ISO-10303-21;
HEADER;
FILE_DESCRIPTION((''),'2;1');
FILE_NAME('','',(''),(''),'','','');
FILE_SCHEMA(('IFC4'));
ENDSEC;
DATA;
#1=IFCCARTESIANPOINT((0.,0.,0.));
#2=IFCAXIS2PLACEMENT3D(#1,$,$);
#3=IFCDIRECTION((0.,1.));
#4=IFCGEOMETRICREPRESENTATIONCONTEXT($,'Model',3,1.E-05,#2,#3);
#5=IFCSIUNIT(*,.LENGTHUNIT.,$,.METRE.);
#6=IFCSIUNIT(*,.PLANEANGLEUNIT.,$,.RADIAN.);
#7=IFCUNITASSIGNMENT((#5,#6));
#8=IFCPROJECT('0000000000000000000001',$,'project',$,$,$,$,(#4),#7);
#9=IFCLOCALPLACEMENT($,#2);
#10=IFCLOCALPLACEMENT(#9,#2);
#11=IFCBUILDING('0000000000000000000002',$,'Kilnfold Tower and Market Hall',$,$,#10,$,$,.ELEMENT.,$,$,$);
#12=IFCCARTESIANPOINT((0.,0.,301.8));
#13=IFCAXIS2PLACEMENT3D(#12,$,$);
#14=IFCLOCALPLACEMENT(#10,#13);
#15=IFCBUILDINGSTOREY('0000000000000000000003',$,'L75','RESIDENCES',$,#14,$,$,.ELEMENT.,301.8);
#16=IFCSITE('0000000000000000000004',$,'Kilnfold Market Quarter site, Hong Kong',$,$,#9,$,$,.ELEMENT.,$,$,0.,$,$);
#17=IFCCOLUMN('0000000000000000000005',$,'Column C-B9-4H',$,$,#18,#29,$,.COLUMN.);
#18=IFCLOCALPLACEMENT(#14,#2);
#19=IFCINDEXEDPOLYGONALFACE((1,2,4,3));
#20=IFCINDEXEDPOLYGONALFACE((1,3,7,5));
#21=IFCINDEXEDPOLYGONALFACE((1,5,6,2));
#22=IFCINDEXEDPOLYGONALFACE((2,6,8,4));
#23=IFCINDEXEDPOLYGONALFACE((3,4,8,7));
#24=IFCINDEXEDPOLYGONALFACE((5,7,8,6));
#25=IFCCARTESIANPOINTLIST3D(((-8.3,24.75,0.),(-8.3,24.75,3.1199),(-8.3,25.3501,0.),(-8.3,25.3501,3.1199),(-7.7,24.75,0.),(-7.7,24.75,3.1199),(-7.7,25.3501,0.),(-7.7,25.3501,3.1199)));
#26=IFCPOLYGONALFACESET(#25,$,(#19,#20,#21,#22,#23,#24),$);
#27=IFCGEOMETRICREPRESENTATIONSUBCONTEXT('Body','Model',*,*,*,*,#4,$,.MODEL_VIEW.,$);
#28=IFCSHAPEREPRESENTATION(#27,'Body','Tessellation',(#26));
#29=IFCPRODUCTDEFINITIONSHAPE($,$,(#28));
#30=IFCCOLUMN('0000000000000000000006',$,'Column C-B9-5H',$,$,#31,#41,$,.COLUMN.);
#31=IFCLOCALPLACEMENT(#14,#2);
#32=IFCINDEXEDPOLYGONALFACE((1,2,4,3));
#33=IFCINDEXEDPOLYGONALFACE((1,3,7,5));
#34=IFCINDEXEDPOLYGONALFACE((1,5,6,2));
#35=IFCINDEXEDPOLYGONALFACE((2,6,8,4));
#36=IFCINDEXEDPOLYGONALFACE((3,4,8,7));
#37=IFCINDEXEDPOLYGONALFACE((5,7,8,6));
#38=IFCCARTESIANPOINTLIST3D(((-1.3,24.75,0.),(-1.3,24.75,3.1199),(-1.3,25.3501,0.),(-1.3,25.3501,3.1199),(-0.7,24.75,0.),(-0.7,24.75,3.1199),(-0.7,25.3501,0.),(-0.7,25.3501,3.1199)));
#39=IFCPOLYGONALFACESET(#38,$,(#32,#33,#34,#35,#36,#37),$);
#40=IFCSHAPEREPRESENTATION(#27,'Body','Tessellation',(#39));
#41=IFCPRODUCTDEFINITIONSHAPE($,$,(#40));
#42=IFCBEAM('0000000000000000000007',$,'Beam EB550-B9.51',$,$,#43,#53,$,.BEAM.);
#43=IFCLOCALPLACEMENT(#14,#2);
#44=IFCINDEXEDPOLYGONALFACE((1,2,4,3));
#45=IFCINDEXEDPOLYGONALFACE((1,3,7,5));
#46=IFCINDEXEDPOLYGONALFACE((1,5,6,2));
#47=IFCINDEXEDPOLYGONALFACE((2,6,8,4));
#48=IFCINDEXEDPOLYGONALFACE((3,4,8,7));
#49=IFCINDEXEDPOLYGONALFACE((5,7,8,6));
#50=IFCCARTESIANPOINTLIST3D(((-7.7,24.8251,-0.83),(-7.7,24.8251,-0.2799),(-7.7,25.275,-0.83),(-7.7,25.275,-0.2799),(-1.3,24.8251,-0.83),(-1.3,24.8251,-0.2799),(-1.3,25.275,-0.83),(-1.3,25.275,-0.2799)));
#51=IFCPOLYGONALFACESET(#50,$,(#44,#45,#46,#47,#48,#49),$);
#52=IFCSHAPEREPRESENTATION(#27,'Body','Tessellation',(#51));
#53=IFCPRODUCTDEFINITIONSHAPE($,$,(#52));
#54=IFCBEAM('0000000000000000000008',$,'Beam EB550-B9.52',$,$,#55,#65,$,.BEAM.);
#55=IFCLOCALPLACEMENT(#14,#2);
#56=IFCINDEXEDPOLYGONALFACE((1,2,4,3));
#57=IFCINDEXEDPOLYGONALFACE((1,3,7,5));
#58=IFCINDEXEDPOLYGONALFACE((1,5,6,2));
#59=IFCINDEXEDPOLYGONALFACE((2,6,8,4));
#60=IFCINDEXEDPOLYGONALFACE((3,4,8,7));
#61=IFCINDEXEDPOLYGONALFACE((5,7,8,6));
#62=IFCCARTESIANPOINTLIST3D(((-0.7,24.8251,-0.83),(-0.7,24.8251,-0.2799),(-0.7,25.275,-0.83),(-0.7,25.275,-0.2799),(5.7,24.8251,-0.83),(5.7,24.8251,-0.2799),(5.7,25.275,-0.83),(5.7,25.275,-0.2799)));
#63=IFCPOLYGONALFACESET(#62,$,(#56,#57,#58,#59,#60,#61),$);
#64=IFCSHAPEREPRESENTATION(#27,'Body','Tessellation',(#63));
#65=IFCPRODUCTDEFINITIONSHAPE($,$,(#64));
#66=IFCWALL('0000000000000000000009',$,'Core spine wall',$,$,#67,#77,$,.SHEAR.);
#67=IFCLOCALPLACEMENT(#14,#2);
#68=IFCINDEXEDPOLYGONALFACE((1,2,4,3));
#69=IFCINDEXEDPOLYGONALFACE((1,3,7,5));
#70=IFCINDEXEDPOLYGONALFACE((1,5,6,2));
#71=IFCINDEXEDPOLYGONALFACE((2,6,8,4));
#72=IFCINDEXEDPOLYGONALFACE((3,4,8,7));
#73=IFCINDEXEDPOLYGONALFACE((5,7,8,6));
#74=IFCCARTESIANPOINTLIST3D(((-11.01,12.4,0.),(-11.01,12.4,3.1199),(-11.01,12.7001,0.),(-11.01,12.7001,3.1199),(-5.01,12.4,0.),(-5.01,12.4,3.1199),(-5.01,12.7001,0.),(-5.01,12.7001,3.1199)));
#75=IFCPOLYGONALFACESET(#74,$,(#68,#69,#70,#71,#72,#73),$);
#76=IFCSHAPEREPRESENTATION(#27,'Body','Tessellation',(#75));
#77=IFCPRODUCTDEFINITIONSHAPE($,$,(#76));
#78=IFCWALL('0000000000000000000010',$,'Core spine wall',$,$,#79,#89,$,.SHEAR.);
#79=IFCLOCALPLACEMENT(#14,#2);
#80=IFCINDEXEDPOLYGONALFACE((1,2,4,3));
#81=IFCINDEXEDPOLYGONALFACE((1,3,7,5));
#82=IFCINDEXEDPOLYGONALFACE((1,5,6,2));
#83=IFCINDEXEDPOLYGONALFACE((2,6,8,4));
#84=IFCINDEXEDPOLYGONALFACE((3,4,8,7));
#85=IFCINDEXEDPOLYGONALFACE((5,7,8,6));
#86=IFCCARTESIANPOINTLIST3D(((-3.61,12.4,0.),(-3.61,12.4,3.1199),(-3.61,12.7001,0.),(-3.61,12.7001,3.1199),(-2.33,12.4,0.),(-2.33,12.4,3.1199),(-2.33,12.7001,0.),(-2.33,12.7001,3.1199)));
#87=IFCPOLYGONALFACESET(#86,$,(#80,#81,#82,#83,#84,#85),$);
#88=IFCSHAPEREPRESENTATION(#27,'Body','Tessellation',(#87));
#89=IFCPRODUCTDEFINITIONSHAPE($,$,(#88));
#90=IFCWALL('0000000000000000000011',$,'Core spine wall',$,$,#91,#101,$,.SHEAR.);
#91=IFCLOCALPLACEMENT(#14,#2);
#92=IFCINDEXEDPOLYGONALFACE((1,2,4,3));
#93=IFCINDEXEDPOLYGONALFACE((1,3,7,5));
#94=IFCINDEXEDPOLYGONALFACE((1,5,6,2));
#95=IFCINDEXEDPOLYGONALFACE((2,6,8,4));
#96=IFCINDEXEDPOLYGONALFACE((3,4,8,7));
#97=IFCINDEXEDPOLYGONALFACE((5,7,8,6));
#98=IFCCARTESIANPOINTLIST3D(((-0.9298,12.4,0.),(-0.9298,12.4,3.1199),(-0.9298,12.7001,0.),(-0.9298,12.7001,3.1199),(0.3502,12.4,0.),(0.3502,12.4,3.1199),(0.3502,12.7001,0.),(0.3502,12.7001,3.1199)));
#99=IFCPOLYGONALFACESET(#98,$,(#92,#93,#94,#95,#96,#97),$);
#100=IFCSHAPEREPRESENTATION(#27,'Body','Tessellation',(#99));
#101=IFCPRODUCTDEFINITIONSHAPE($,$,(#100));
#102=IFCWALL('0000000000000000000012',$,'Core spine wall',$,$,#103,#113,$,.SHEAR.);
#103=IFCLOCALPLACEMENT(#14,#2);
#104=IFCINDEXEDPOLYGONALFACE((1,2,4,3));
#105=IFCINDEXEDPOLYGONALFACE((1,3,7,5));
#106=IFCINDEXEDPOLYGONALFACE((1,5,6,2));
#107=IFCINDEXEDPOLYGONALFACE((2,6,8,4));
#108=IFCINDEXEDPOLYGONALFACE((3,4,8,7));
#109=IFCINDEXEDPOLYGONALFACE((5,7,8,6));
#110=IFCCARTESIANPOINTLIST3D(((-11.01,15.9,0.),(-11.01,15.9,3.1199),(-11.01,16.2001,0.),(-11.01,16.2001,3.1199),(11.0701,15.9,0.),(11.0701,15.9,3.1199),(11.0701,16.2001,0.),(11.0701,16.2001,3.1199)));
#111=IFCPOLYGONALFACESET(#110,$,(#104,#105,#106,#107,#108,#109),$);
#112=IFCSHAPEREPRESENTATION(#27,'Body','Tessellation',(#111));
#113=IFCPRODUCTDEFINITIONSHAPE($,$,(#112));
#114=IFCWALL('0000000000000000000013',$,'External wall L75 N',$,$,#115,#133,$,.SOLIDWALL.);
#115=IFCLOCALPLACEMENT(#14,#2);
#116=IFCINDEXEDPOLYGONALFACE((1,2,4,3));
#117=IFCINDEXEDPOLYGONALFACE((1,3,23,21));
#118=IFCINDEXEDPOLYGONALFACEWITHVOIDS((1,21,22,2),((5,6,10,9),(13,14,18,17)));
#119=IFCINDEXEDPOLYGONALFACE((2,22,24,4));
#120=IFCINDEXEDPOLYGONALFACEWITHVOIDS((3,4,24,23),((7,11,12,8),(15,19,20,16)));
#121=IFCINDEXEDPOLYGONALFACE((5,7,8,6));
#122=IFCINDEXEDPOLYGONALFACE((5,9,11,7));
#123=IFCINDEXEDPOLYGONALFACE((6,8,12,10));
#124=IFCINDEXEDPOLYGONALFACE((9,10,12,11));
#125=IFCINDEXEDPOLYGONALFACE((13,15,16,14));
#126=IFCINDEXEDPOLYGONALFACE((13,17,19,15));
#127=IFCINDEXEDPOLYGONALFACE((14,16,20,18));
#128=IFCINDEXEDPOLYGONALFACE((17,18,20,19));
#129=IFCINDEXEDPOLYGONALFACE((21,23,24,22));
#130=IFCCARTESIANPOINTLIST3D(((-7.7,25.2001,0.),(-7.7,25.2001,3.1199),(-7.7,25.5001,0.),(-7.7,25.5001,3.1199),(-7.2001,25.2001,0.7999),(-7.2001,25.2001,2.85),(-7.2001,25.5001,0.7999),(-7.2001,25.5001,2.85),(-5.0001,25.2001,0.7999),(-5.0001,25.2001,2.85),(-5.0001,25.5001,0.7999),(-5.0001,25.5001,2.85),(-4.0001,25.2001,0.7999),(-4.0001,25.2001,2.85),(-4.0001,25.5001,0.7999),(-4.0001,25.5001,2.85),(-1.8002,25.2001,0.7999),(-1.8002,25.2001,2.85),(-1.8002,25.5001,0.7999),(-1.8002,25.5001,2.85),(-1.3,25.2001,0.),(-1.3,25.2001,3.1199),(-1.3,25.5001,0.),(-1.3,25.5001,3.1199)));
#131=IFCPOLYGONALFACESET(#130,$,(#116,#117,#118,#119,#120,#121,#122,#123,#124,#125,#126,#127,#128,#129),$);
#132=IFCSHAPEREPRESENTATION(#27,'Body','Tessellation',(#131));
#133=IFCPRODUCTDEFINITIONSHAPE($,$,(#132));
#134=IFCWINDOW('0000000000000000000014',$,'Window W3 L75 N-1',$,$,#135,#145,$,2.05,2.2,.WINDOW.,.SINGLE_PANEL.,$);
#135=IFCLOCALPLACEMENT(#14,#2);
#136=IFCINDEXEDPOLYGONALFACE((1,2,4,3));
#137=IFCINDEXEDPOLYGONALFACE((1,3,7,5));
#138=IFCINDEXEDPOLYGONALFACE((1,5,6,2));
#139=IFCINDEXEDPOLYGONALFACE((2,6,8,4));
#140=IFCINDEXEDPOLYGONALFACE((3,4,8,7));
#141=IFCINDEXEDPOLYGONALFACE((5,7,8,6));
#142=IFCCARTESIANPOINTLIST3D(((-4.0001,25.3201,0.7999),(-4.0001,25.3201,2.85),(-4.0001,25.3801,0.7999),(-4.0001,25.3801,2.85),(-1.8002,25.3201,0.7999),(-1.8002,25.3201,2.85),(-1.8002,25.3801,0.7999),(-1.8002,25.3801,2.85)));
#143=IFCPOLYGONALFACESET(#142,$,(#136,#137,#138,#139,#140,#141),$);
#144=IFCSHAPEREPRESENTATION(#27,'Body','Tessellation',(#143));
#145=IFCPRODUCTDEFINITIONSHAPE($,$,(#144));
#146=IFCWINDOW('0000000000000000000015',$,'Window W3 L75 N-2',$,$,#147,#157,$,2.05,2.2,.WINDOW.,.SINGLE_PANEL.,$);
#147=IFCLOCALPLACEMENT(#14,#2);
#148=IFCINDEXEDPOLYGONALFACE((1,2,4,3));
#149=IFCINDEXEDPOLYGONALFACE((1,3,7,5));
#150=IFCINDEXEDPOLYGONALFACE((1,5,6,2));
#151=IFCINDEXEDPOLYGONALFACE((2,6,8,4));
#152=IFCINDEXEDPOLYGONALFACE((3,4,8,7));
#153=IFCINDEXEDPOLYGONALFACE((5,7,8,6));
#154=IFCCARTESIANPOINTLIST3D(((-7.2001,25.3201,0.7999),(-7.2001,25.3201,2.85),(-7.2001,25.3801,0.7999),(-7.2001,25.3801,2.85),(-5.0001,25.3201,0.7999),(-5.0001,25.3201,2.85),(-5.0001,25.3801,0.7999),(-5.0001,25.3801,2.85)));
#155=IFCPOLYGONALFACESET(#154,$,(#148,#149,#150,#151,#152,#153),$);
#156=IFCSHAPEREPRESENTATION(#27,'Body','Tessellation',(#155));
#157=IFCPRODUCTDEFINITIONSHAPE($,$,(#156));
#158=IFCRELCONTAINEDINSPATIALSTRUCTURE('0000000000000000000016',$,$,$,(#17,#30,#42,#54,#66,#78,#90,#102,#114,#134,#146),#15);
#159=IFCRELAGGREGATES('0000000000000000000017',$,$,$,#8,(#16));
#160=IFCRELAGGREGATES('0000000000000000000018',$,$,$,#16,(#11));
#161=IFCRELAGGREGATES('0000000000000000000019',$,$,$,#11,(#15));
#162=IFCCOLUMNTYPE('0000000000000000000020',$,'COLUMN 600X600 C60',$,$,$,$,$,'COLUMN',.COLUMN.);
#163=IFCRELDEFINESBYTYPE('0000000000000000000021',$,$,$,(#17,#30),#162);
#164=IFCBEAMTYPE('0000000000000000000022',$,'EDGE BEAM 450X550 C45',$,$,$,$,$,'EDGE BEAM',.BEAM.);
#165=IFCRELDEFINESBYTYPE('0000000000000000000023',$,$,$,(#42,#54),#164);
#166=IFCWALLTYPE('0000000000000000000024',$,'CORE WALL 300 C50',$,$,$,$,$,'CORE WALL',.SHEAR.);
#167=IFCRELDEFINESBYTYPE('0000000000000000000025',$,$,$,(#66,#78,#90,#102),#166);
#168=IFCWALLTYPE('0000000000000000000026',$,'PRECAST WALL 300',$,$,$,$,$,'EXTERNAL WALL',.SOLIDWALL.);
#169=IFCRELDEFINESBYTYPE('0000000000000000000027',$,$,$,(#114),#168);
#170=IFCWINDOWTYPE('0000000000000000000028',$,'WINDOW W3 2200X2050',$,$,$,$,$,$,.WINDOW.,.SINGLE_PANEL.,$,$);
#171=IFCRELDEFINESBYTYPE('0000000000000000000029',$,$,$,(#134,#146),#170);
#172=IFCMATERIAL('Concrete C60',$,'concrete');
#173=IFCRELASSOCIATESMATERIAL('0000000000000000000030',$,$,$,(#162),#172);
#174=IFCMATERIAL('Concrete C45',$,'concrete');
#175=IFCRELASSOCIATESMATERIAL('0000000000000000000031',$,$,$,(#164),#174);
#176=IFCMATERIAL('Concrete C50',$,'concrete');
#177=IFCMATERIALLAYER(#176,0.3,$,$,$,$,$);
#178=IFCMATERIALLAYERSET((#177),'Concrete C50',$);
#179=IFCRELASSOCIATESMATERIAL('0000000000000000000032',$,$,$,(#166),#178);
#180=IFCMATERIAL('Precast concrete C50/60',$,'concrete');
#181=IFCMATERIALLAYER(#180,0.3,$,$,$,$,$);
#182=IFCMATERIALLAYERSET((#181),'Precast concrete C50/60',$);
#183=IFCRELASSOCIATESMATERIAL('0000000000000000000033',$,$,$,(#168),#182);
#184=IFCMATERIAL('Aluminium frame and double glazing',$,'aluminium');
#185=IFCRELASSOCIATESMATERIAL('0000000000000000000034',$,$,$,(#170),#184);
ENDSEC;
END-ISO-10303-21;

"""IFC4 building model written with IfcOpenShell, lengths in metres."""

from ifc_helpers import new_model, si_unit, direction, frame, frame_2d, origin, origin_2d, place, context, subcontext, project, spatial, rectangle, extrude, source, transform, mapped, material, layer, layer_set, material_profile, profile_set, type_object, element, fill, save


model = new_model("IFC4")

# Units and contexts
model_context = context("Model", 3, precision=1e-05, world=origin(), true_north=direction((0.0, 1.0)))
body_context = subcontext(model_context, "Body", "Model", "MODEL_VIEW")
ifc_project = project(units=[si_unit("LENGTHUNIT", "METRE"), si_unit("PLANEANGLEUNIT", "RADIAN")], contexts=[model_context])

# Site, building, storey
site_placement = place(None, origin())
site = spatial("IfcSite", under=ifc_project, at=site_placement, Name="Kilnfold Market Quarter site, Hong Kong", CompositionType="ELEMENT", RefElevation=0.0)
building_placement = place(site_placement, origin())
building = spatial("IfcBuilding", under=site, at=building_placement, Name="Kilnfold Tower and Market Hall", CompositionType="ELEMENT")
storey_placement = place(building_placement, frame((0.0, 0.0, 301.8)))
storey = spatial("IfcBuildingStorey", under=building, at=storey_placement, Name="L75", Description="RESIDENCES", CompositionType="ELEMENT", Elevation=301.8)

# Columns
ifc_material_1 = material(Name="Concrete C60", Category="concrete")
ifc_material_profile_1 = material_profile(ifc_material_1, rectangle(XDim=0.6001, YDim=0.6001, at=origin_2d()), Name="RC 600x600")
ifc_profile_set_1 = profile_set([ifc_material_profile_1], Name="Concrete C60")
column_type = type_object("IfcColumnType", Name="COLUMN 600X600 C60", ElementType="COLUMN", PredefinedType="COLUMN", material=ifc_profile_set_1)
shared_shape_1 = source(origin(), body_context, "Body", "SweptSolid", [
    extrude(rectangle(XDim=0.6001, YDim=0.6001, at=origin_2d()), origin(), (0.0, 0.0, 1.0), 3.1199),
])
for number, where, z_axis, x_axis, name in (
    (1, (-8.0, 25.05, 0.0), (0.0, 0.0, 1.0), (1.0, 0.0, 0.0), "Column C-B9-4H"),
    (2, (-1.0, 25.05, 0.0), (0.0, 0.0, 1.0), (1.0, 0.0, 0.0), "Column C-B9-5H"),
):
    element("IfcColumn", number, at=place(storey_placement, frame(where, z_axis=z_axis, x_axis=x_axis)), inside=storey, type_object=column_type, Name=name, PredefinedType="COLUMN", context=body_context, shape_type="MappedRepresentation", body=[
        mapped(shared_shape_1, transform((0.0, 0.0, 0.0))),
    ])

# Beams
ifc_material_2 = material(Name="Concrete C45", Category="concrete")
ifc_material_profile_2 = material_profile(ifc_material_2, rectangle(XDim=0.45, YDim=0.55, at=origin_2d()), Name="RC 450x550")
ifc_profile_set_2 = profile_set([ifc_material_profile_2], Name="Concrete C45")
beam_type = type_object("IfcBeamType", Name="EDGE BEAM 450X550 C45", ElementType="EDGE BEAM", PredefinedType="BEAM", material=ifc_profile_set_2)
shared_shape_2 = source(origin(), body_context, "Body", "SweptSolid", [
    extrude(rectangle(XDim=0.45, YDim=0.55, at=origin_2d()), origin(), (0.0, 0.0, 1.0), 6.3999),
])
for number, where, z_axis, x_axis, name in (
    (3, (-7.7, 25.05, -0.5549), (1.0, 0.0, 0.0), (0.0, 1.0, 0.0), "Beam EB550-B9.51"),
    (4, (-0.7, 25.05, -0.5549), (1.0, 0.0, 0.0), (0.0, 1.0, 0.0), "Beam EB550-B9.52"),
):
    element("IfcBeam", number, at=place(storey_placement, frame(where, z_axis=z_axis, x_axis=x_axis)), inside=storey, type_object=beam_type, Name=name, PredefinedType="BEAM", context=body_context, shape_type="MappedRepresentation", body=[
        mapped(shared_shape_2, transform((0.0, 0.0, 0.0))),
    ])

# Walls
ifc_material_3 = material(Name="Concrete C50", Category="concrete")
ifc_layer_1 = layer(ifc_material_3, 0.3)
ifc_layer_set_1 = layer_set([ifc_layer_1], Name="Concrete C50")
wall_type_1 = type_object("IfcWallType", Name="CORE WALL 300 C50", ElementType="CORE WALL", PredefinedType="SHEAR", material=ifc_layer_set_1)
shared_shape_3 = source(origin(), body_context, "Body", "SweptSolid", [
    extrude(rectangle(XDim=6.0, YDim=0.3, at=frame_2d((3.0, 0.0))), origin(), (0.0, 0.0, 1.0), 3.1199),
])
wall_1_placement = place(storey_placement, frame((-11.01, 12.55, 0.0), z_axis=(0.0, 0.0, 1.0), x_axis=(1.0, 0.0, 0.0)))
element("IfcWall", 5, at=wall_1_placement, inside=storey, type_object=wall_type_1, Name="Core spine wall", PredefinedType="SHEAR", context=body_context, shape_type="MappedRepresentation", body=[
    mapped(shared_shape_3, transform((0.0, 0.0, 0.0))),
])
shared_shape_4 = source(origin(), body_context, "Body", "SweptSolid", [
    extrude(rectangle(XDim=1.28, YDim=0.3, at=frame_2d((0.6401, 0.0))), origin(), (0.0, 0.0, 1.0), 3.1199),
])
for number, where, z_axis, x_axis, name in (
    (6, (-3.6101, 12.55, 0.0), (0.0, 0.0, 1.0), (1.0, 0.0, 0.0), "Core spine wall"),
    (7, (-0.9299, 12.55, 0.0), (0.0, 0.0, 1.0), (1.0, 0.0, 0.0), "Core spine wall"),
):
    element("IfcWall", number, at=place(storey_placement, frame(where, z_axis=z_axis, x_axis=x_axis)), inside=storey, type_object=wall_type_1, Name=name, PredefinedType="SHEAR", context=body_context, shape_type="MappedRepresentation", body=[
        mapped(shared_shape_4, transform((0.0, 0.0, 0.0))),
    ])
shared_shape_5 = source(origin(), body_context, "Body", "SweptSolid", [
    extrude(rectangle(XDim=22.0801, YDim=0.3, at=frame_2d((11.04, 0.0))), origin(), (0.0, 0.0, 1.0), 3.1199),
])
wall_2_placement = place(storey_placement, frame((-11.01, 16.05, 0.0), z_axis=(0.0, 0.0, 1.0), x_axis=(1.0, 0.0, 0.0)))
element("IfcWall", 8, at=wall_2_placement, inside=storey, type_object=wall_type_1, Name="Core spine wall", PredefinedType="SHEAR", context=body_context, shape_type="MappedRepresentation", body=[
    mapped(shared_shape_5, transform((0.0, 0.0, 0.0))),
])

# Wall, openings, windows
ifc_material_4 = material(Name="Precast concrete C50/60", Category="concrete")
ifc_layer_2 = layer(ifc_material_4, 0.3)
ifc_layer_set_2 = layer_set([ifc_layer_2], Name="Precast concrete C50/60")
wall_type_2 = type_object("IfcWallType", Name="PRECAST WALL 300", ElementType="EXTERNAL WALL", PredefinedType="SOLIDWALL", material=ifc_layer_set_2)
shared_shape_6 = source(origin(), body_context, "Body", "SweptSolid", [
    extrude(rectangle(XDim=6.3999, YDim=0.3, at=frame_2d((3.2, 0.0))), origin(), (0.0, 0.0, 1.0), 3.1199),
])
wall_3_placement = place(storey_placement, frame((-1.3, 25.3501, 0.0), z_axis=(0.0, 0.0, 1.0), x_axis=(-1.0, 0.0, 0.0)))
wall_3 = element("IfcWall", 9, at=wall_3_placement, inside=storey, type_object=wall_type_2, Name="External wall L75 N", PredefinedType="SOLIDWALL", context=body_context, shape_type="MappedRepresentation", body=[
    mapped(shared_shape_6, transform((0.0, 0.0, 0.0))),
])
opening_1_placement = place(wall_3_placement, frame((0.5, 0.0, 0.8)))
opening_1 = element("IfcOpeningElement", 10, at=opening_1_placement, cuts=wall_3, PredefinedType="OPENING", context=body_context, shape_type="SweptSolid", body=[
    extrude(rectangle(XDim=2.2, YDim=2.05, at=frame_2d((1.1001, 1.0249))), frame((0.0, 0.1602, 0.0), z_axis=(0.0, -1.0, 0.0), x_axis=(1.0, 0.0, 0.0)), (0.0, 0.0, 1.0), 0.3201),
])
opening_2_placement = place(wall_3_placement, frame((3.7, 0.0, 0.8)))
opening_2 = element("IfcOpeningElement", 11, at=opening_2_placement, cuts=wall_3, PredefinedType="OPENING", context=body_context, shape_type="SweptSolid", body=[
    extrude(rectangle(XDim=2.2, YDim=2.05, at=frame_2d((1.1001, 1.0249))), frame((0.0, 0.1602, 0.0), z_axis=(0.0, -1.0, 0.0), x_axis=(1.0, 0.0, 0.0)), (0.0, 0.0, 1.0), 0.3201),
])
ifc_material_5 = material(Name="Aluminium frame and double glazing", Category="aluminium")
window_type = type_object("IfcWindowType", Name="WINDOW W3 2200X2050", PartitioningType="SINGLE_PANEL", PredefinedType="WINDOW", material=ifc_material_5)
window_1_placement = place(opening_1_placement, origin())
window_1 = element("IfcWindow", 12, at=window_1_placement, inside=storey, type_object=window_type, Name="Window W3 L75 N-1", OverallHeight=2.05, OverallWidth=2.2, PartitioningType="SINGLE_PANEL", PredefinedType="WINDOW", context=body_context, shape_type="SweptSolid", body=[
    extrude(rectangle(XDim=2.2, YDim=2.05, at=frame_2d((1.1001, 1.0249))), frame((0.0, 0.03, 0.0), z_axis=(0.0, -1.0, 0.0), x_axis=(1.0, 0.0, 0.0)), (0.0, 0.0, 1.0), 0.0601),
])
fill(opening_1, window_1)
window_2_placement = place(opening_2_placement, origin())
window_2 = element("IfcWindow", 13, at=window_2_placement, inside=storey, type_object=window_type, Name="Window W3 L75 N-2", OverallHeight=2.05, OverallWidth=2.2, PartitioningType="SINGLE_PANEL", PredefinedType="WINDOW", context=body_context, shape_type="SweptSolid", body=[
    extrude(rectangle(XDim=2.2, YDim=2.05, at=frame_2d((1.1001, 1.0249))), frame((0.0, 0.03, 0.0), z_axis=(0.0, -1.0, 0.0), x_axis=(1.0, 0.0, 0.0)), (0.0, 0.0, 1.0), 0.0601),
])
fill(opening_2, window_2)

save(model, "model.ifc")
